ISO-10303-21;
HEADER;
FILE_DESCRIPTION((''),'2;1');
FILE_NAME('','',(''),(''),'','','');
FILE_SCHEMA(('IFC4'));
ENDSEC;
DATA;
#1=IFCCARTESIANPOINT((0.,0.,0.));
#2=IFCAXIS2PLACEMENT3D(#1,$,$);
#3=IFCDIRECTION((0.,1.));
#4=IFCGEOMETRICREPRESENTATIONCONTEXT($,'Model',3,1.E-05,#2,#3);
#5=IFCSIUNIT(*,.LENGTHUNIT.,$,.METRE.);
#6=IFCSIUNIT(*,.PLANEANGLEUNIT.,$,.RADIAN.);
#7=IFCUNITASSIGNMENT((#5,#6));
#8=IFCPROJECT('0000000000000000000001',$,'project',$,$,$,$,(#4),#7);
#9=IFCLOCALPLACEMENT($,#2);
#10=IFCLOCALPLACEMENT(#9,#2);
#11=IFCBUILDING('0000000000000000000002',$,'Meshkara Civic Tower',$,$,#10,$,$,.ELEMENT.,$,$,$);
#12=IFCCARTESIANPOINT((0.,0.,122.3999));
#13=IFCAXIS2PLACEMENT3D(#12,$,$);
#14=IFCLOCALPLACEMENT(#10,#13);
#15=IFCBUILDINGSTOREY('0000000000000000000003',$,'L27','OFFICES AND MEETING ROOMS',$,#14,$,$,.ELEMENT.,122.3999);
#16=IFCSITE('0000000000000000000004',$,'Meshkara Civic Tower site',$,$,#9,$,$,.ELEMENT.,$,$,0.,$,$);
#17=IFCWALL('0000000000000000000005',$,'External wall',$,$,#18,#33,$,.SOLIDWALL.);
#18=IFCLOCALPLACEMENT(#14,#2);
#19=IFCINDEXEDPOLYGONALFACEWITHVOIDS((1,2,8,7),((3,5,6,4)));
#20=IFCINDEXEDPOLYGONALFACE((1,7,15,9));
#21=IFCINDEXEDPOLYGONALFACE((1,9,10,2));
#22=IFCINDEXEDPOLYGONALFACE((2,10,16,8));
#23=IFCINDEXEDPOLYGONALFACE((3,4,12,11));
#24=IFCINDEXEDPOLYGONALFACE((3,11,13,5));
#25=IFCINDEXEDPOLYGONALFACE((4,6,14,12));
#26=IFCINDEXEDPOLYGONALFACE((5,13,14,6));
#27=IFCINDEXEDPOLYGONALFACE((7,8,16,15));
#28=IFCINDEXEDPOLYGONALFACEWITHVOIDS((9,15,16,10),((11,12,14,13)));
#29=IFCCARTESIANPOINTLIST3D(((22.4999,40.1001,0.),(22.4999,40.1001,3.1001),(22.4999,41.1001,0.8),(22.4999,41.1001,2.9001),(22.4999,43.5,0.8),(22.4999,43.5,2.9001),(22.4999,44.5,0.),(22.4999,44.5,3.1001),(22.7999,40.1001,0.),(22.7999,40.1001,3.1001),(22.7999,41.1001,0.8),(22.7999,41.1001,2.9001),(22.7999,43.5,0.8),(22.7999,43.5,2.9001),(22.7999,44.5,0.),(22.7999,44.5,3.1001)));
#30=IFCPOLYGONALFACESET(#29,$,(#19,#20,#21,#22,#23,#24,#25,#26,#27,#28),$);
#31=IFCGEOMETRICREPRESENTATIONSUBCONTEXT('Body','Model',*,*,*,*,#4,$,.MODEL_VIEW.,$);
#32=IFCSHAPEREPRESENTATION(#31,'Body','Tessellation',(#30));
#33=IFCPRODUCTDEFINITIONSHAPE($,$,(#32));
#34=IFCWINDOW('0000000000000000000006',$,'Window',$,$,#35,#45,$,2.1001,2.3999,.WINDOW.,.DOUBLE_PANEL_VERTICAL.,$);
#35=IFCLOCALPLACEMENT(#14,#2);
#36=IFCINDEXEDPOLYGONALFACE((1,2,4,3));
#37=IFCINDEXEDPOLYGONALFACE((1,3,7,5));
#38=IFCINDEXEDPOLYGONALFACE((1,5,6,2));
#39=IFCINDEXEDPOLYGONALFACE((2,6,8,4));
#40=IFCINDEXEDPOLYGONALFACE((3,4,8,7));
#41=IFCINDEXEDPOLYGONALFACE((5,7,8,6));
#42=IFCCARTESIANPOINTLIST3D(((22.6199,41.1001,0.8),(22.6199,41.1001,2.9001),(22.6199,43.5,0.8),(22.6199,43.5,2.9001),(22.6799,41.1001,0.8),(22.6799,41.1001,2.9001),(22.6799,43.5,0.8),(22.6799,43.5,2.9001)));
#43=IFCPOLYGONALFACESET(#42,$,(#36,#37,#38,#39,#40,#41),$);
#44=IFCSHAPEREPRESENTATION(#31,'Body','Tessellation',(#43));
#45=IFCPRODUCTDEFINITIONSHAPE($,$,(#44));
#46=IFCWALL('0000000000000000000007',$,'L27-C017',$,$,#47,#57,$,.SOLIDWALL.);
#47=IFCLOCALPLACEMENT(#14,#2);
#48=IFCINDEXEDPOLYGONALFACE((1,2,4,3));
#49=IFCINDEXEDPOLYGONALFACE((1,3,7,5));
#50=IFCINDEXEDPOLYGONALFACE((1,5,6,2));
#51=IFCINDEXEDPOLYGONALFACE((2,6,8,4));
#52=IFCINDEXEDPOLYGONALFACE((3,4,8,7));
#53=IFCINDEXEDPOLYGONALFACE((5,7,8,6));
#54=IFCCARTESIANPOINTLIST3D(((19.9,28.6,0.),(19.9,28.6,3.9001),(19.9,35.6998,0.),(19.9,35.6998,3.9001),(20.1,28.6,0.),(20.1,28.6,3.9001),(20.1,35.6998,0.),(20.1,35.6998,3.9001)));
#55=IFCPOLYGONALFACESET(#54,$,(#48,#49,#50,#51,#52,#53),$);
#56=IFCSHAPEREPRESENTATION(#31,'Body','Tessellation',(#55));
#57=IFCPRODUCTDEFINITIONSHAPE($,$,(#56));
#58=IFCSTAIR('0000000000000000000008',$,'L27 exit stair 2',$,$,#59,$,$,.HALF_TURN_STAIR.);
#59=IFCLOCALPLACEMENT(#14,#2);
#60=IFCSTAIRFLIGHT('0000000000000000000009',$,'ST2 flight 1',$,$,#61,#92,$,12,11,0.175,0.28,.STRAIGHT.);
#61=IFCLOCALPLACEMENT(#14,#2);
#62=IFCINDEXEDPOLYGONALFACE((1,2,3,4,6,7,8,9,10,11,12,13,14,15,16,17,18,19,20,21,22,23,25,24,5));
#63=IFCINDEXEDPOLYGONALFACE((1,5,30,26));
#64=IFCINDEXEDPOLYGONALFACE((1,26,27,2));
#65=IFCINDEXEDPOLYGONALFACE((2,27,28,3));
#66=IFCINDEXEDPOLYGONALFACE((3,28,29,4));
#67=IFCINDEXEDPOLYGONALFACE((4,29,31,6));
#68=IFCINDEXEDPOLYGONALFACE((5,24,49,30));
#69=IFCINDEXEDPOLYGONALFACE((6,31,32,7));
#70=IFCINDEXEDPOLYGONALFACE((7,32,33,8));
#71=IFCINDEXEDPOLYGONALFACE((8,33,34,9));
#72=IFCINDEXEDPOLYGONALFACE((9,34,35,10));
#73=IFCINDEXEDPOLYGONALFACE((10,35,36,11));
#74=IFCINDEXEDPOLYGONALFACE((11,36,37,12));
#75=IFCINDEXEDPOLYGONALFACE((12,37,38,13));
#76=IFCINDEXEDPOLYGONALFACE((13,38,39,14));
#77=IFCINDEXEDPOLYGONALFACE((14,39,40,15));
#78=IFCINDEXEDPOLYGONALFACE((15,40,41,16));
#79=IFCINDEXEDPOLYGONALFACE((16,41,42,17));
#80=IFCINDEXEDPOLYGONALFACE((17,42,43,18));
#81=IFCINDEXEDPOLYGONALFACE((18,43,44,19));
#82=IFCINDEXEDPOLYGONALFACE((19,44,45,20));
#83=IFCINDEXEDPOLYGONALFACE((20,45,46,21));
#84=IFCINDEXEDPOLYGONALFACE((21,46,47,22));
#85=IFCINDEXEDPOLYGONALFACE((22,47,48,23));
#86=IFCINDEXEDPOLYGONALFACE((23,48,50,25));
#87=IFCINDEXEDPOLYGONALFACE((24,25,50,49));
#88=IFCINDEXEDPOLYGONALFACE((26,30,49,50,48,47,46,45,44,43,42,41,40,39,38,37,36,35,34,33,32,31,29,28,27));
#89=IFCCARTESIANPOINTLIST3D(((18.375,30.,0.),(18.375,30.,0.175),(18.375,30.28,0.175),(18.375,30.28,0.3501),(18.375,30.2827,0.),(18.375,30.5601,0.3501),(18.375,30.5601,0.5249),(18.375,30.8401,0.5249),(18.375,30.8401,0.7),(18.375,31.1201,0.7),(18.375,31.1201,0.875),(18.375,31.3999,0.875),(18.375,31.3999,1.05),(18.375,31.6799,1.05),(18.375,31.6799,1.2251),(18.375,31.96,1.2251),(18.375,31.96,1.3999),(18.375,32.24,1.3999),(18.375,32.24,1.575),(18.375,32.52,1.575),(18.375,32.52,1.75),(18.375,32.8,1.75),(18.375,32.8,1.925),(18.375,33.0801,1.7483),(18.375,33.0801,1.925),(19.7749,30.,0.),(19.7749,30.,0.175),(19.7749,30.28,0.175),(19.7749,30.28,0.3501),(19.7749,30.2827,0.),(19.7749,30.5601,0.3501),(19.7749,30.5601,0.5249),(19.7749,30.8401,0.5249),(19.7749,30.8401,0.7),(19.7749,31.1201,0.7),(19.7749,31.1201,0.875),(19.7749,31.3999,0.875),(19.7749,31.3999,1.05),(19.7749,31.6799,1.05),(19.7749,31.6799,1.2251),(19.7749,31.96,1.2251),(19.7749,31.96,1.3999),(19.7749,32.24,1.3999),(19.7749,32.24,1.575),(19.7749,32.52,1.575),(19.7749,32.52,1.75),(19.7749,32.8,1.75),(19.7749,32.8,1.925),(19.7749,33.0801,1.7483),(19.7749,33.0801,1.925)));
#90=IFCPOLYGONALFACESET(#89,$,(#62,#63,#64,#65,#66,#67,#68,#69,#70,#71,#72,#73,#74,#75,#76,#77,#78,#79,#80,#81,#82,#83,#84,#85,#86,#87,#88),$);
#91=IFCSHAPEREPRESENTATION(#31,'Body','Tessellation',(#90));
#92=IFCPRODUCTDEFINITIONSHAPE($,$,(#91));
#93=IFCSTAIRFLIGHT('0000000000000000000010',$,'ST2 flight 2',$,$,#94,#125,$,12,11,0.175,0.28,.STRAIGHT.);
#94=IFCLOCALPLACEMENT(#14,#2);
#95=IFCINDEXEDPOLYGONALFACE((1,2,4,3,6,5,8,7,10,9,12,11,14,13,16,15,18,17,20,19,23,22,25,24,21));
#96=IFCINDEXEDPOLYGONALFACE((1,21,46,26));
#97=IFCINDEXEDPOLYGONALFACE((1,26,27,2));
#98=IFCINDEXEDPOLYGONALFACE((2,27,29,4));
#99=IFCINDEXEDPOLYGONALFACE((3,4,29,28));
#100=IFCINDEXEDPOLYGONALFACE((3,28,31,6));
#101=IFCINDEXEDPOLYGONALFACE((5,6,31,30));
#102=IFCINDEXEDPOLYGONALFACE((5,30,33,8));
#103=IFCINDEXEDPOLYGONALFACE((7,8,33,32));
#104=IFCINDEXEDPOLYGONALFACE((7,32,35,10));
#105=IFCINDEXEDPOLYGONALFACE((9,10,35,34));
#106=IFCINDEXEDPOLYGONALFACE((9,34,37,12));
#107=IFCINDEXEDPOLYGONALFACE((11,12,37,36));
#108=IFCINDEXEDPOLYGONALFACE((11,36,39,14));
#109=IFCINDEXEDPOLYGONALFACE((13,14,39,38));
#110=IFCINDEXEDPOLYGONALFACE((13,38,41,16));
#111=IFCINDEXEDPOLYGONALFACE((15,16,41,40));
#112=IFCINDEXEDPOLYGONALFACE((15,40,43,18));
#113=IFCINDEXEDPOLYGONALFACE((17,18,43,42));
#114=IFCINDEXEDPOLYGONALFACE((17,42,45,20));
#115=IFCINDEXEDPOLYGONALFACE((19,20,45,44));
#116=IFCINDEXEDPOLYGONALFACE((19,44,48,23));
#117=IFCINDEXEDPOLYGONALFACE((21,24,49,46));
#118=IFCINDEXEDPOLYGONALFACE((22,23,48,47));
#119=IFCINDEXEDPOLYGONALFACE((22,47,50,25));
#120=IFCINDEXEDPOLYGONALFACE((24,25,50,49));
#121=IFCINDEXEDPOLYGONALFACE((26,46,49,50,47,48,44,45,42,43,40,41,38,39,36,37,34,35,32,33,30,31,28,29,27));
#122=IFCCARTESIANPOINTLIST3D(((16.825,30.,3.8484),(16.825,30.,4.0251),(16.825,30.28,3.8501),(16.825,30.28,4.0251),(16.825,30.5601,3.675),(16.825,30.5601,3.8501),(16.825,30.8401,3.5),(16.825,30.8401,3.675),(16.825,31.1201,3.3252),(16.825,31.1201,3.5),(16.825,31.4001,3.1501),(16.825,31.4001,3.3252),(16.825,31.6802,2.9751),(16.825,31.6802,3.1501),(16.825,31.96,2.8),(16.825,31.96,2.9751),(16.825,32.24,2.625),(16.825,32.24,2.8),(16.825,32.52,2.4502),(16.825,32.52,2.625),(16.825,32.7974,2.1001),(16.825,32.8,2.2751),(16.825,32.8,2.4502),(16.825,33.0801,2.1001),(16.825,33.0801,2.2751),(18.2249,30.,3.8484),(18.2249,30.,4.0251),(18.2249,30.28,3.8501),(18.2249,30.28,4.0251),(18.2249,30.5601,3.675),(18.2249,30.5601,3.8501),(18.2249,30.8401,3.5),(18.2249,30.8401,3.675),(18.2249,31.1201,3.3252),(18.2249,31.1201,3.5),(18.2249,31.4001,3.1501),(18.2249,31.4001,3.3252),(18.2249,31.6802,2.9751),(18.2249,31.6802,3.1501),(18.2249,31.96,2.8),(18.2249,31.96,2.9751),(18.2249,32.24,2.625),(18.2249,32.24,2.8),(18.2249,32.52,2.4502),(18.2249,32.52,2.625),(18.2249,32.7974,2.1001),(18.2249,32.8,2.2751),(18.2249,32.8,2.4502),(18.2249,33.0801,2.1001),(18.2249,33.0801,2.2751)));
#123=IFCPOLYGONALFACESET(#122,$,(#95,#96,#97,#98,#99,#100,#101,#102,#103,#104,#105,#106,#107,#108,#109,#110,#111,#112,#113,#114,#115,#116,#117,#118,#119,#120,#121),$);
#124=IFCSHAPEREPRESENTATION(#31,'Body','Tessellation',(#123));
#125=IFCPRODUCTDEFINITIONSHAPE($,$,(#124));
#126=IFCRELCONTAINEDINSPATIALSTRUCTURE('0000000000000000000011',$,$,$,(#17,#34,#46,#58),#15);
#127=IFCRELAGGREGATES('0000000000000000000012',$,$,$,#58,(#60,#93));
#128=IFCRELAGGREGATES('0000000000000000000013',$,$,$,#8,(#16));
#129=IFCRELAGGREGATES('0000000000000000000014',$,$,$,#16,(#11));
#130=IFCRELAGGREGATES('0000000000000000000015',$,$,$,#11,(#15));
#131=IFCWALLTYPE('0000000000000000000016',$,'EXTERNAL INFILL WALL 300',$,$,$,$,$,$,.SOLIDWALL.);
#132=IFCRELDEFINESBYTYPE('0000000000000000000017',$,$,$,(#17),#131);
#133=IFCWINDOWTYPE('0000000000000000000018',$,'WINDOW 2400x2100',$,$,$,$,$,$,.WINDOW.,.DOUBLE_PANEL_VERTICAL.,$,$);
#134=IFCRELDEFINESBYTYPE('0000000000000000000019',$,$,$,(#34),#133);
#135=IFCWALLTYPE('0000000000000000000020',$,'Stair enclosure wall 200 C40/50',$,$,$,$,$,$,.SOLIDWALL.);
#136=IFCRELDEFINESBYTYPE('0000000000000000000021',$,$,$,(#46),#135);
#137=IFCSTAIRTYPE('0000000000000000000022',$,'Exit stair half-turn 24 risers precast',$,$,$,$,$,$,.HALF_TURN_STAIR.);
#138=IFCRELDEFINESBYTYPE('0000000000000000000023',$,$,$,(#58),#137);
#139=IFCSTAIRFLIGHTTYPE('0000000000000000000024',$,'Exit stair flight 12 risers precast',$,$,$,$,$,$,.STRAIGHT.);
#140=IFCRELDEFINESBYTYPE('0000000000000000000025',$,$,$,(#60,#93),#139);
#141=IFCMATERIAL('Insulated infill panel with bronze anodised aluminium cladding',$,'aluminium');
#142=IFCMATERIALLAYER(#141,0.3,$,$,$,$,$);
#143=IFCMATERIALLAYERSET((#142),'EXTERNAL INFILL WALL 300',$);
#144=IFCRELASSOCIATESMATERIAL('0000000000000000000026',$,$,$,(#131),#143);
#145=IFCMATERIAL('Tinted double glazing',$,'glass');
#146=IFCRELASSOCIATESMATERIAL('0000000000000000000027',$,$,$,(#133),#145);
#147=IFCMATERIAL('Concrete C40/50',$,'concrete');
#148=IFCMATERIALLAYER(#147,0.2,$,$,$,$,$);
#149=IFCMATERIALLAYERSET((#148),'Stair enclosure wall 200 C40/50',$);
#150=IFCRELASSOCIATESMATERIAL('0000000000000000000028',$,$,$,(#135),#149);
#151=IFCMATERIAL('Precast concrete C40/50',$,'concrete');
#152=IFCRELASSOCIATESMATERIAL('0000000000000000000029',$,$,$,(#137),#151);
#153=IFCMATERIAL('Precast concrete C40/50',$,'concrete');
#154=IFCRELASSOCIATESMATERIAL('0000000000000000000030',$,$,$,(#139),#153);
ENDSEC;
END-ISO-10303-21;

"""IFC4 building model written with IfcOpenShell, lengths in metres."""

from ifc_helpers import new_model, si_unit, direction, frame, frame_2d, origin, place, context, subcontext, project, spatial, polyline, rectangle, outline, extrude, material, layer, layer_set, type_object, element, fill, aggregate, save


model = new_model("IFC4")

# Units and contexts
model_context = context("Model", 3, precision=1e-05, world=origin(), true_north=direction((0.0, 1.0)))
body_context = subcontext(model_context, "Body", "Model", "MODEL_VIEW")
ifc_project = project(units=[si_unit("LENGTHUNIT", "METRE"), si_unit("PLANEANGLEUNIT", "RADIAN")], contexts=[model_context])

# Site, building, storey
site_placement = place(None, origin())
site = spatial("IfcSite", under=ifc_project, at=site_placement, Name="Meshkara Civic Tower site", CompositionType="ELEMENT", RefElevation=0.0)
building_placement = place(site_placement, origin())
building = spatial("IfcBuilding", under=site, at=building_placement, Name="Meshkara Civic Tower", CompositionType="ELEMENT")
storey_placement = place(building_placement, frame((0.0, 0.0, 122.3999)))
storey = spatial("IfcBuildingStorey", under=building, at=storey_placement, Name="L27", Description="OFFICES AND MEETING ROOMS", CompositionType="ELEMENT", Elevation=122.3999)

# Wall, opening, window
ifc_material_1 = material(Name="Insulated infill panel with bronze anodised aluminium cladding", Category="aluminium")
ifc_layer_1 = layer(ifc_material_1, 0.3)
ifc_layer_set_1 = layer_set([ifc_layer_1], Name="EXTERNAL INFILL WALL 300")
wall_type_1 = type_object("IfcWallType", Name="EXTERNAL INFILL WALL 300", PredefinedType="SOLIDWALL", material=ifc_layer_set_1)
ifc_material_2 = material(Name="Tinted double glazing", Category="glass")
window_type_1 = type_object("IfcWindowType", Name="WINDOW 2400x2100", PartitioningType="DOUBLE_PANEL_VERTICAL", PredefinedType="WINDOW", material=ifc_material_2)
wall_1_placement = place(storey_placement, frame((22.6499, 40.1001, 0.0), z_axis=(0.0, 0.0, 1.0), x_axis=(0.0, 1.0, 0.0)))
wall_1 = element("IfcWall", 1, at=wall_1_placement, inside=storey, type_object=wall_type_1, Name="External wall", PredefinedType="SOLIDWALL", context=body_context, shape_type="SweptSolid", body=[
    extrude(rectangle(XDim=4.3999, YDim=0.3, at=frame_2d((2.2, 0.0))), origin(), (0.0, 0.0, 1.0), 3.1001),
])
opening_1_placement = place(wall_1_placement, frame((1.0, 0.0, 0.8)))
opening_1 = element("IfcOpeningElement", 2, at=opening_1_placement, cuts=wall_1, PredefinedType="OPENING", context=body_context, shape_type="SweptSolid", body=[
    extrude(rectangle(XDim=2.3999, YDim=2.1001, at=frame_2d((1.2, 1.05))), frame((0.0, 0.1599, 0.0), z_axis=(0.0, -1.0, 0.0), x_axis=(1.0, 0.0, 0.0)), (0.0, 0.0, 1.0), 0.3201),
])
window_1_placement = place(opening_1_placement, origin())
window_1 = element("IfcWindow", 3, at=window_1_placement, inside=storey, type_object=window_type_1, Name="Window", OverallHeight=2.1001, OverallWidth=2.3999, PartitioningType="DOUBLE_PANEL_VERTICAL", PredefinedType="WINDOW", context=body_context, shape_type="SweptSolid", body=[
    extrude(rectangle(XDim=2.3999, YDim=2.1001, at=frame_2d((1.2, 1.05))), frame((0.0, 0.03, 0.0), z_axis=(0.0, -1.0, 0.0), x_axis=(1.0, 0.0, 0.0)), (0.0, 0.0, 1.0), 0.0601),
])
fill(opening_1, window_1)

# Wall
ifc_material_3 = material(Name="Concrete C40/50", Category="concrete")
ifc_layer_2 = layer(ifc_material_3, 0.2)
ifc_layer_set_2 = layer_set([ifc_layer_2], Name="Stair enclosure wall 200 C40/50")
wall_type_2 = type_object("IfcWallType", Name="Stair enclosure wall 200 C40/50", PredefinedType="SOLIDWALL", material=ifc_layer_set_2)
wall_2_placement = place(storey_placement, frame((20.0, 28.6001, 0.0), z_axis=(0.0, 0.0, 1.0), x_axis=(0.0, 1.0, 0.0)))
element("IfcWall", 4, at=wall_2_placement, inside=storey, type_object=wall_type_2, Name="L27-C017", PredefinedType="SOLIDWALL", context=body_context, shape_type="SweptSolid", body=[
    extrude(rectangle(XDim=7.0999, YDim=0.2, at=frame_2d((3.5498, 0.0))), origin(), (0.0, 0.0, 1.0), 3.9001),
])

# Stair, stair flights
ifc_material_4 = material(Name="Precast concrete C40/50", Category="concrete")
stair_type = type_object("IfcStairType", Name="Exit stair half-turn 24 risers precast", PredefinedType="HALF_TURN_STAIR", material=ifc_material_4)
stair_placement = place(storey_placement, origin())
stair = element("IfcStair", 5, at=stair_placement, inside=storey, type_object=stair_type, Name="L27 exit stair 2", PredefinedType="HALF_TURN_STAIR")
ifc_material_5 = material(Name="Precast concrete C40/50", Category="concrete")
stair_flight_type = type_object("IfcStairFlightType", Name="Exit stair flight 12 risers precast", PredefinedType="STRAIGHT", material=ifc_material_5)
stair_flight_1_placement = place(storey_placement, frame((19.075, 30.0, 0.0), z_axis=(0.0, 0.0, 1.0), x_axis=(0.0, 1.0, 0.0)))
stair_flight_1 = element("IfcStairFlight", 6, at=stair_flight_1_placement, type_object=stair_flight_type, Name="ST2 flight 1", NumberOfRisers=12, NumberOfTreads=11, PredefinedType="STRAIGHT", RiserHeight=0.175, TreadLength=0.28, context=body_context, shape_type="SweptSolid", body=[
    extrude(outline(polyline([(0.0, 0.0), (0.0, 0.175), (0.28, 0.175), (0.28, 0.3501), (0.5601, 0.3501), (0.5601, 0.5249), (0.8401, 0.5249), (0.8401, 0.7), (1.1201, 0.7), (1.1201, 0.875), (1.3999, 0.875), (1.3999, 1.05), (1.6799, 1.05), (1.6799, 1.2251), (1.96, 1.2251), (1.96, 1.3999), (2.24, 1.3999), (2.24, 1.575), (2.52, 1.575), (2.52, 1.75), (2.8, 1.75), (2.8, 1.925), (3.0801, 1.925), (3.0801, 2.1001), (3.0801, 1.7483), (0.2827, 0.0), (0.0, 0.0)])), frame((0.0, 0.7, 0.0), z_axis=(0.0, -1.0, 0.0), x_axis=(1.0, 0.0, 0.0)), (0.0, 0.0, 1.0), 1.3999),
])
stair_flight_2_placement = place(storey_placement, frame((17.5249, 33.0801, 2.1001), z_axis=(0.0, 0.0, 1.0), x_axis=(0.0, -1.0, 0.0)))
stair_flight_2 = element("IfcStairFlight", 7, at=stair_flight_2_placement, type_object=stair_flight_type, Name="ST2 flight 2", NumberOfRisers=12, NumberOfTreads=11, PredefinedType="STRAIGHT", RiserHeight=0.175, TreadLength=0.28, context=body_context, shape_type="SweptSolid", body=[
    extrude(outline(polyline([(0.0, 0.0), (0.0, 0.175), (0.28, 0.175), (0.28, 0.3501), (0.5601, 0.3501), (0.5601, 0.5249), (0.8401, 0.5249), (0.8401, 0.7), (1.1201, 0.7), (1.1201, 0.875), (1.3999, 0.875), (1.3999, 1.05), (1.6799, 1.05), (1.6799, 1.2251), (1.96, 1.2251), (1.96, 1.3999), (2.24, 1.3999), (2.24, 1.575), (2.52, 1.575), (2.52, 1.75), (2.8, 1.75), (2.8, 1.925), (3.0801, 1.925), (3.0801, 2.1001), (3.0801, 1.7483), (0.2827, 0.0), (0.0, 0.0)])), frame((0.0, 0.7, 0.0), z_axis=(0.0, -1.0, 0.0), x_axis=(1.0, 0.0, 0.0)), (0.0, 0.0, 1.0), 1.3999),
])
aggregate(stair, [stair_flight_1, stair_flight_2])

save(model, "model.ifc")
